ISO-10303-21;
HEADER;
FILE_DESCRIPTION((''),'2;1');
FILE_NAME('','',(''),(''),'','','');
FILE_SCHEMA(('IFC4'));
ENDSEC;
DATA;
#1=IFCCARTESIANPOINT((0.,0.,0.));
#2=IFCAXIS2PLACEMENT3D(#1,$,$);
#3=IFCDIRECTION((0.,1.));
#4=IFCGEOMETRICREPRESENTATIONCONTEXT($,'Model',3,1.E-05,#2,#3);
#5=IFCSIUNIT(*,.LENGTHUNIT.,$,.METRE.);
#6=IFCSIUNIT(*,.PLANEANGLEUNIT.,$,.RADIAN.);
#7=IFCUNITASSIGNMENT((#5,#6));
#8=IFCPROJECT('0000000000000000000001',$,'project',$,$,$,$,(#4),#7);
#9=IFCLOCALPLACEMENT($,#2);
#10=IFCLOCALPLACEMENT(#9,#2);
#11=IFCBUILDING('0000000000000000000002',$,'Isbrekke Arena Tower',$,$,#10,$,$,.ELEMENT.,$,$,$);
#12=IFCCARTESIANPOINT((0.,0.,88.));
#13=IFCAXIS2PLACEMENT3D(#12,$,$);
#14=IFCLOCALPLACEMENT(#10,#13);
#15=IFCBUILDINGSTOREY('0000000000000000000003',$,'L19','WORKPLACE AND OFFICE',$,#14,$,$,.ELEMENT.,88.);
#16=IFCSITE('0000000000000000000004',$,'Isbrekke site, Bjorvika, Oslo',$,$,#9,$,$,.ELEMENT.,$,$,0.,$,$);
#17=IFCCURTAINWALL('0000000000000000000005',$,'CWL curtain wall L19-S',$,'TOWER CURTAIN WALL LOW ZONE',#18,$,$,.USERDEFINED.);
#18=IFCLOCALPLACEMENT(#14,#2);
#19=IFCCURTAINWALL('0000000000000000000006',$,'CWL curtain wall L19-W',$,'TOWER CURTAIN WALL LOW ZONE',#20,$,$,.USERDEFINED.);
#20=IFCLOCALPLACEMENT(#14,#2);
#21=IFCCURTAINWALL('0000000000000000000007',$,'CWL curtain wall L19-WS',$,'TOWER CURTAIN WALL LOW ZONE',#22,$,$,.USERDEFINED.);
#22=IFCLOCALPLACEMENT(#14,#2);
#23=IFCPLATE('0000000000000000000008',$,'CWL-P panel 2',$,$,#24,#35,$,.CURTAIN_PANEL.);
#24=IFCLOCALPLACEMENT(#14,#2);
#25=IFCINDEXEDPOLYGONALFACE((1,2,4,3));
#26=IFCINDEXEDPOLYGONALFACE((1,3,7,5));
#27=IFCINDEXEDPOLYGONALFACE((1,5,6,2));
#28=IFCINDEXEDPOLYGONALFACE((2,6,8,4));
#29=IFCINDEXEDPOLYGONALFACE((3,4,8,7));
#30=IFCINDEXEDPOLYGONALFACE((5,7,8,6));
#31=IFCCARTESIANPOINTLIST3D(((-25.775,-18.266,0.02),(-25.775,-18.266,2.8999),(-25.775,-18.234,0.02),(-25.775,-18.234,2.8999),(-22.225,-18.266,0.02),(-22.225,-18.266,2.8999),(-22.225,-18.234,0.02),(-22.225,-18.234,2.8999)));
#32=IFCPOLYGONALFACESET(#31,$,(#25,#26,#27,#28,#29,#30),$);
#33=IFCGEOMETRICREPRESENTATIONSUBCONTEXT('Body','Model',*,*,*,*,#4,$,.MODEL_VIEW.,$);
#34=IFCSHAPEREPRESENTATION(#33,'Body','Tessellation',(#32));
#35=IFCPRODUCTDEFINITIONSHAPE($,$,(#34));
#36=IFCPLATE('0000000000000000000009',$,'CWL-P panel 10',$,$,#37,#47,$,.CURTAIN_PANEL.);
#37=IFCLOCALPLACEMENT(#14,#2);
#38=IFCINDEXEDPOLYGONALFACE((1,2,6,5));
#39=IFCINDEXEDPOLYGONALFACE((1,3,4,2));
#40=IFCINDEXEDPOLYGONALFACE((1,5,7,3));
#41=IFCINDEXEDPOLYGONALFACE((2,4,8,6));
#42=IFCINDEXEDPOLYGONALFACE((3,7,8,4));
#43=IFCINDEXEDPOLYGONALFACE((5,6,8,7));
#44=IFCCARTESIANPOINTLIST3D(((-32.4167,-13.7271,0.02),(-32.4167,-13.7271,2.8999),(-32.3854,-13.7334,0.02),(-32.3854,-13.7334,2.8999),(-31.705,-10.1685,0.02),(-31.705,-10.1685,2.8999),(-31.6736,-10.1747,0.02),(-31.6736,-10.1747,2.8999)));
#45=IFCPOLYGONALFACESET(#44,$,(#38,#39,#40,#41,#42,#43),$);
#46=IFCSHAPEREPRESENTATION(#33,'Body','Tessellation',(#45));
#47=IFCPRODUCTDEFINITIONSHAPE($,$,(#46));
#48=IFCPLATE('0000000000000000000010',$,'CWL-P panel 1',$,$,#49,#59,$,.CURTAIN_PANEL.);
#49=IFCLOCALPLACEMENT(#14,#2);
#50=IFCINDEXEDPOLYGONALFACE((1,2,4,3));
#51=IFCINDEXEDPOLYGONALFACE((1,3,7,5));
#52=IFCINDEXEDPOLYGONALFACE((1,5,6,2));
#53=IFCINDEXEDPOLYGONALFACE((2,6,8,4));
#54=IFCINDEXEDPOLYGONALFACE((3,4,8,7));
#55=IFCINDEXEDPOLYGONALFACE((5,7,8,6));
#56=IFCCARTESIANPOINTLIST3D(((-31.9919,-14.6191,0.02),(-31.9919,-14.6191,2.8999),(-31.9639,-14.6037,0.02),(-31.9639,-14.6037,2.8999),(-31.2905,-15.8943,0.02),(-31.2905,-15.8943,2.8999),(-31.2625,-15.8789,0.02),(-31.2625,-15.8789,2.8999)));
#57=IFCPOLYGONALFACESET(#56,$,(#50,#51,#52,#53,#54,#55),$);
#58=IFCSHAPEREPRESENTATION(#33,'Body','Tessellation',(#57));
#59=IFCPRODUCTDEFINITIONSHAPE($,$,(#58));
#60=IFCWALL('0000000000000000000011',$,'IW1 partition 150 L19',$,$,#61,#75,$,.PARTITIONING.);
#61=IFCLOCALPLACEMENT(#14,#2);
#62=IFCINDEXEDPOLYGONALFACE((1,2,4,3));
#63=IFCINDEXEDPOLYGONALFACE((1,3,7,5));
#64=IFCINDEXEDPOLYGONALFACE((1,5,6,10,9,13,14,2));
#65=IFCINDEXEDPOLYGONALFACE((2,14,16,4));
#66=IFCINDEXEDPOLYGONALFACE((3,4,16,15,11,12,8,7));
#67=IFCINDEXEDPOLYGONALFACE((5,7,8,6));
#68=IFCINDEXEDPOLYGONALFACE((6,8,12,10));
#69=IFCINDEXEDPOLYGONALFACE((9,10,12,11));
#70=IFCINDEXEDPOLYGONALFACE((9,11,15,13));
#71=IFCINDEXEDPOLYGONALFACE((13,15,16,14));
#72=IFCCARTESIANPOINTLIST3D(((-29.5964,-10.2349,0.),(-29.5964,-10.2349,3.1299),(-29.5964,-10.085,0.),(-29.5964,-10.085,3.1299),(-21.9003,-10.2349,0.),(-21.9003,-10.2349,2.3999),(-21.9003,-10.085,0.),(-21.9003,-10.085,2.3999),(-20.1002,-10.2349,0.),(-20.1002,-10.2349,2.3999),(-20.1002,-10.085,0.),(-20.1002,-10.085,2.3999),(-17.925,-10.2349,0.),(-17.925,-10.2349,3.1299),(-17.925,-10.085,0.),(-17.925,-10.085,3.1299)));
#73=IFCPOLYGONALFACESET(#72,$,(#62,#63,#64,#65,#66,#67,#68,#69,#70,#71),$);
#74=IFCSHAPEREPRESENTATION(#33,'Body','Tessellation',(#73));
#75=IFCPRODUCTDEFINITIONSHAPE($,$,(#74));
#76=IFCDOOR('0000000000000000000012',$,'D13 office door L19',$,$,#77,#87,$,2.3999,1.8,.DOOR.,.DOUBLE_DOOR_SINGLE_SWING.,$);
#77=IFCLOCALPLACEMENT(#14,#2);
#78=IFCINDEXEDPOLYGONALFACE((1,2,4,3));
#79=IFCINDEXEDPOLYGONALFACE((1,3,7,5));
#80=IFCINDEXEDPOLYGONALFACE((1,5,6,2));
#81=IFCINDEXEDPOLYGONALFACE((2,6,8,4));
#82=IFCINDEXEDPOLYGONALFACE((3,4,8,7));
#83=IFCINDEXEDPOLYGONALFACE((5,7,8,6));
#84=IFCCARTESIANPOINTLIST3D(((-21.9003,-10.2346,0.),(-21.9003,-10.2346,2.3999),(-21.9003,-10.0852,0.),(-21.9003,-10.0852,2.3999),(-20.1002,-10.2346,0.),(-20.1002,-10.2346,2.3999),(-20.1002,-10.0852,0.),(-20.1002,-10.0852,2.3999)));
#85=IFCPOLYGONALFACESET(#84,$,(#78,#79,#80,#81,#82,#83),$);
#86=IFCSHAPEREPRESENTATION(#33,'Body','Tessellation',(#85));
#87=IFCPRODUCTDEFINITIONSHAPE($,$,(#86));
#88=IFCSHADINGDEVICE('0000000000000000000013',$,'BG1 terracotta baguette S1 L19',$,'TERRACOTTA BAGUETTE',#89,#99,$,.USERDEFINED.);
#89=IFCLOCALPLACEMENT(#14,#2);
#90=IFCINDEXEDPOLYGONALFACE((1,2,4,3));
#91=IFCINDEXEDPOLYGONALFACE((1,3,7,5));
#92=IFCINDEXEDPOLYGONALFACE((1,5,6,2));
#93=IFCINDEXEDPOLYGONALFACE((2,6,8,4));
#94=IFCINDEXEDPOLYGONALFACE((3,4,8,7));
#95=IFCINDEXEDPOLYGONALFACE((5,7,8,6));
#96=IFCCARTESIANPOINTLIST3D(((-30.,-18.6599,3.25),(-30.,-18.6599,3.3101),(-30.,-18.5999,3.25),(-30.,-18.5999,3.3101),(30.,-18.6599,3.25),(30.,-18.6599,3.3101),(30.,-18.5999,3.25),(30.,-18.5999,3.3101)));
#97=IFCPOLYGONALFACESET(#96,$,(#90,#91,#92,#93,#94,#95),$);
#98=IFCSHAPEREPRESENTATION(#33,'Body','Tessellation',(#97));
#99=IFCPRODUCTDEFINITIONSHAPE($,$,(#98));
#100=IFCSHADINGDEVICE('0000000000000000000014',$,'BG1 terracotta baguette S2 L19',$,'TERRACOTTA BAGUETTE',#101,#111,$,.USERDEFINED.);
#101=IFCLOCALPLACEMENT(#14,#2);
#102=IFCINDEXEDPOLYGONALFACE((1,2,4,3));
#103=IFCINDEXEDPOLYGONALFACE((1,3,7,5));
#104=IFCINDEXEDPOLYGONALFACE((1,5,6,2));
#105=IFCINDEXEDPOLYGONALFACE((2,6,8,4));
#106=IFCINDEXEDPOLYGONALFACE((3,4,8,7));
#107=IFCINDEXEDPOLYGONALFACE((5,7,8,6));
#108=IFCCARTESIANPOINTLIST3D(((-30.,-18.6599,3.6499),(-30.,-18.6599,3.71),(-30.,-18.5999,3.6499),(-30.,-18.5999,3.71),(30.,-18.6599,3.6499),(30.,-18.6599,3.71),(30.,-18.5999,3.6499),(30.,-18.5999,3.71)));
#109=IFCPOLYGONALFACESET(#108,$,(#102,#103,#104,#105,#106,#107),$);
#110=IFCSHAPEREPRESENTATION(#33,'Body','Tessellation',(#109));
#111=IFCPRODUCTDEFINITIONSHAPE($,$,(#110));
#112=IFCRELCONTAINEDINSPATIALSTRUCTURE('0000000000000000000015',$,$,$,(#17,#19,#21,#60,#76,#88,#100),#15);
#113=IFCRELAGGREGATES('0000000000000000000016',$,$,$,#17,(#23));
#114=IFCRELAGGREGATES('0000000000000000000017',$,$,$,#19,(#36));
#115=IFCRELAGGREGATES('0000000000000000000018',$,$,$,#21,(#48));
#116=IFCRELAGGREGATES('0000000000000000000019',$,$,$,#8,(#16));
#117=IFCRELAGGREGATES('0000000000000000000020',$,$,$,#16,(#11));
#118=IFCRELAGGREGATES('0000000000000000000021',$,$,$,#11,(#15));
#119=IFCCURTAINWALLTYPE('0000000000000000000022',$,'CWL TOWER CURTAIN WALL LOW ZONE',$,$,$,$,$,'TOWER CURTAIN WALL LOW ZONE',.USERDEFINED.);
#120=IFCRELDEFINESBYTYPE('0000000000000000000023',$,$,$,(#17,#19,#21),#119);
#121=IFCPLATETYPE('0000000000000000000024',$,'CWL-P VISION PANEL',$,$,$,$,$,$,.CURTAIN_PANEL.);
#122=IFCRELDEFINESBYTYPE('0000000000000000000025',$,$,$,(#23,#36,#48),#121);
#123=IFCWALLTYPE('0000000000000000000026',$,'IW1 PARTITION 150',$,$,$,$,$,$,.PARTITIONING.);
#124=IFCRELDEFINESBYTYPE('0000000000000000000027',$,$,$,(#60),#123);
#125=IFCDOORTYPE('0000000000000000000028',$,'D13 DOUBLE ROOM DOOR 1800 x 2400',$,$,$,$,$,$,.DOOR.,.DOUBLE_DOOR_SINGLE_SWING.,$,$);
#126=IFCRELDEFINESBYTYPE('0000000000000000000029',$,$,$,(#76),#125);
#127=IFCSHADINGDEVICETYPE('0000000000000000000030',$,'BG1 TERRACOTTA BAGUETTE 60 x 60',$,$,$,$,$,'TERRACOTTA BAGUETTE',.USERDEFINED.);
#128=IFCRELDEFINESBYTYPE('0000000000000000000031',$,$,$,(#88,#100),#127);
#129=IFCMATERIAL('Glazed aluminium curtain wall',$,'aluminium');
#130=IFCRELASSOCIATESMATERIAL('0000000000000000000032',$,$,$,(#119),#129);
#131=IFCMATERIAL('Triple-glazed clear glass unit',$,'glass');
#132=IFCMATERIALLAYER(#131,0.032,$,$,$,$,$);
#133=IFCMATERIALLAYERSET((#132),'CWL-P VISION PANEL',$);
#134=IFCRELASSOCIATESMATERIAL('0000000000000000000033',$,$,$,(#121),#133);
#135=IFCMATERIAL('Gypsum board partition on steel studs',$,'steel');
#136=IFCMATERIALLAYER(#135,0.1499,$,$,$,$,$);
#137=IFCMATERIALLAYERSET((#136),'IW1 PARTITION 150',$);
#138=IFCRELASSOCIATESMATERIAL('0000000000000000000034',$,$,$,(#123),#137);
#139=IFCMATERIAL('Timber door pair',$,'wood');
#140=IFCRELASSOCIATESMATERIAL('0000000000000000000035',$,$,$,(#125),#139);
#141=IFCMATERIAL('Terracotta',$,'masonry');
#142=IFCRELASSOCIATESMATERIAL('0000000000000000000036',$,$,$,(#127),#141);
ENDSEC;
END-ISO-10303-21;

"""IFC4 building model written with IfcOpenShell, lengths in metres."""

from ifc_helpers import new_model, si_unit, direction, frame, frame_2d, origin, origin_2d, place, context, subcontext, project, spatial, rectangle, extrude, material, layer, layer_set, material_profile, profile_set, type_object, element, fill, aggregate, save


model = new_model("IFC4")

# Units and contexts
model_context = context("Model", 3, precision=1e-05, world=origin(), true_north=direction((0.0, 1.0)))
body_context = subcontext(model_context, "Body", "Model", "MODEL_VIEW")
ifc_project = project(units=[si_unit("LENGTHUNIT", "METRE"), si_unit("PLANEANGLEUNIT", "RADIAN")], contexts=[model_context])

# Site, building, storey
site_placement = place(None, origin())
site = spatial("IfcSite", under=ifc_project, at=site_placement, Name="Isbrekke site, Bjorvika, Oslo", CompositionType="ELEMENT", RefElevation=0.0)
building_placement = place(site_placement, origin())
building = spatial("IfcBuilding", under=site, at=building_placement, Name="Isbrekke Arena Tower", CompositionType="ELEMENT")
storey_placement = place(building_placement, frame((0.0, 0.0, 88.0)))
storey = spatial("IfcBuildingStorey", under=building, at=storey_placement, Name="L19", Description="WORKPLACE AND OFFICE", CompositionType="ELEMENT", Elevation=88.0)

# Curtain wall
ifc_material_1 = material(Name="Glazed aluminium curtain wall", Category="aluminium")
curtain_wall_type = type_object("IfcCurtainWallType", Name="CWL TOWER CURTAIN WALL LOW ZONE", ElementType="TOWER CURTAIN WALL LOW ZONE", PredefinedType="USERDEFINED", material=ifc_material_1)
curtain_wall_1_placement = place(storey_placement, origin())
curtain_wall_1 = element("IfcCurtainWall", 1, at=curtain_wall_1_placement, inside=storey, type_object=curtain_wall_type, Name="CWL curtain wall L19-S", ObjectType="TOWER CURTAIN WALL LOW ZONE", PredefinedType="USERDEFINED")

# Curtain wall
curtain_wall_2_placement = place(storey_placement, origin())
curtain_wall_2 = element("IfcCurtainWall", 2, at=curtain_wall_2_placement, inside=storey, type_object=curtain_wall_type, Name="CWL curtain wall L19-W", ObjectType="TOWER CURTAIN WALL LOW ZONE", PredefinedType="USERDEFINED")

# Curtain wall
curtain_wall_3_placement = place(storey_placement, origin())
curtain_wall_3 = element("IfcCurtainWall", 3, at=curtain_wall_3_placement, inside=storey, type_object=curtain_wall_type, Name="CWL curtain wall L19-WS", ObjectType="TOWER CURTAIN WALL LOW ZONE", PredefinedType="USERDEFINED")

# Plates
ifc_material_2 = material(Name="Triple-glazed clear glass unit", Category="glass")
ifc_layer_1 = layer(ifc_material_2, 0.032)
ifc_layer_set_1 = layer_set([ifc_layer_1], Name="CWL-P VISION PANEL")
plate_type = type_object("IfcPlateType", Name="CWL-P VISION PANEL", PredefinedType="CURTAIN_PANEL", material=ifc_layer_set_1)
plate_1_placement = place(storey_placement, frame((-24.0, -18.25, 0.02), z_axis=(0.0, 0.0, 1.0), x_axis=(1.0, 0.0, 0.0)))
plate_1 = element("IfcPlate", 4, at=plate_1_placement, type_object=plate_type, Name="CWL-P panel 2", PredefinedType="CURTAIN_PANEL", context=body_context, shape_type="SweptSolid", body=[
    extrude(rectangle(XDim=3.55, YDim=0.032, at=origin_2d()), origin(), (0.0, 0.0, 1.0), 2.8799),
])
aggregate(curtain_wall_1, [plate_1])
plate_2_placement = place(storey_placement, frame((-32.0452, -11.9509, 0.02), z_axis=(0.0, 0.0, 1.0), x_axis=(-0.196116, -0.980581, 0.0)))
plate_2 = element("IfcPlate", 5, at=plate_2_placement, type_object=plate_type, Name="CWL-P panel 10", PredefinedType="CURTAIN_PANEL", context=body_context, shape_type="SweptSolid", body=[
    extrude(rectangle(XDim=3.6292, YDim=0.032, at=origin_2d()), origin(), (0.0, 0.0, 1.0), 2.8799),
])
aggregate(curtain_wall_2, [plate_2])
plate_3_placement = place(storey_placement, frame((-31.6272, -15.249, 0.02), z_axis=(0.0, 0.0, 1.0), x_axis=(0.481919, -0.876216, 0.0)))
plate_3 = element("IfcPlate", 6, at=plate_3_placement, type_object=plate_type, Name="CWL-P panel 1", PredefinedType="CURTAIN_PANEL", context=body_context, shape_type="SweptSolid", body=[
    extrude(rectangle(XDim=1.4553, YDim=0.032, at=origin_2d()), origin(), (0.0, 0.0, 1.0), 2.8799),
])
aggregate(curtain_wall_3, [plate_3])

# Wall, opening, door
ifc_material_3 = material(Name="Gypsum board partition on steel studs", Category="steel")
ifc_layer_2 = layer(ifc_material_3, 0.1499)
ifc_layer_set_2 = layer_set([ifc_layer_2], Name="IW1 PARTITION 150")
wall_type = type_object("IfcWallType", Name="IW1 PARTITION 150", PredefinedType="PARTITIONING", material=ifc_layer_set_2)
wall_placement = place(storey_placement, frame((-29.5964, -10.1599, 0.0), z_axis=(0.0, 0.0, 1.0), x_axis=(1.0, 0.0, 0.0)))
wall = element("IfcWall", 7, at=wall_placement, inside=storey, type_object=wall_type, Name="IW1 partition 150 L19", PredefinedType="PARTITIONING", context=body_context, shape_type="SweptSolid", body=[
    extrude(rectangle(XDim=11.6714, YDim=0.1499, at=frame_2d((5.8357, 0.0))), origin(), (0.0, 0.0, 1.0), 3.1299),
])
opening_placement = place(wall_placement, frame((7.6963, 0.0, 0.0)))
opening = element("IfcOpeningElement", 8, at=opening_placement, cuts=wall, PredefinedType="OPENING", context=body_context, shape_type="SweptSolid", body=[
    extrude(rectangle(XDim=1.8, YDim=2.3999, at=frame_2d((0.8999, 1.2))), frame((0.0, 0.0898, 0.0), z_axis=(0.0, -1.0, 0.0), x_axis=(1.0, 0.0, 0.0)), (0.0, 0.0, 1.0), 0.1797),
])
ifc_material_4 = material(Name="Timber door pair", Category="wood")
door_type = type_object("IfcDoorType", Name="D13 DOUBLE ROOM DOOR 1800 x 2400", OperationType="DOUBLE_DOOR_SINGLE_SWING", PredefinedType="DOOR", material=ifc_material_4)
door_placement = place(opening_placement, origin())
door = element("IfcDoor", 9, at=door_placement, inside=storey, type_object=door_type, Name="D13 office door L19", OperationType="DOUBLE_DOOR_SINGLE_SWING", OverallHeight=2.3999, OverallWidth=1.8, PredefinedType="DOOR", context=body_context, shape_type="SweptSolid", body=[
    extrude(rectangle(XDim=1.8, YDim=2.3999, at=frame_2d((0.8999, 1.2))), frame((0.0, 0.0747, 0.0), z_axis=(0.0, -1.0, 0.0), x_axis=(1.0, 0.0, 0.0)), (0.0, 0.0, 1.0), 0.1494),
])
fill(opening, door)

# Shading devices
ifc_material_5 = material(Name="Terracotta", Category="masonry")
ifc_material_profile_1 = material_profile(ifc_material_5, rectangle(XDim=0.0601, YDim=0.0601, at=origin_2d()), Name="BAGUETTE 60X60")
ifc_profile_set_1 = profile_set([ifc_material_profile_1], Name="Terracotta")
shading_device_type = type_object("IfcShadingDeviceType", Name="BG1 TERRACOTTA BAGUETTE 60 x 60", ElementType="TERRACOTTA BAGUETTE", PredefinedType="USERDEFINED", material=ifc_profile_set_1)
for number, where, z_axis, x_axis, name in (
    (10, (-30.0, -18.6299, 3.28), (1.0, 0.0, 0.0), (0.0, 1.0, 0.0), "BG1 terracotta baguette S1 L19"),
    (11, (-30.0, -18.6299, 3.6799), (1.0, 0.0, 0.0), (0.0, 1.0, 0.0), "BG1 terracotta baguette S2 L19"),
):
    element("IfcShadingDevice", number, at=place(storey_placement, frame(where, z_axis=z_axis, x_axis=x_axis)), inside=storey, type_object=shading_device_type, Name=name, ObjectType="TERRACOTTA BAGUETTE", PredefinedType="USERDEFINED", context=body_context, shape_type="SweptSolid", body=[
        extrude(rectangle(XDim=0.0601, YDim=0.0601, at=origin_2d()), origin(), (0.0, 0.0, 1.0), 60.0),
    ])

save(model, "model.ifc")
